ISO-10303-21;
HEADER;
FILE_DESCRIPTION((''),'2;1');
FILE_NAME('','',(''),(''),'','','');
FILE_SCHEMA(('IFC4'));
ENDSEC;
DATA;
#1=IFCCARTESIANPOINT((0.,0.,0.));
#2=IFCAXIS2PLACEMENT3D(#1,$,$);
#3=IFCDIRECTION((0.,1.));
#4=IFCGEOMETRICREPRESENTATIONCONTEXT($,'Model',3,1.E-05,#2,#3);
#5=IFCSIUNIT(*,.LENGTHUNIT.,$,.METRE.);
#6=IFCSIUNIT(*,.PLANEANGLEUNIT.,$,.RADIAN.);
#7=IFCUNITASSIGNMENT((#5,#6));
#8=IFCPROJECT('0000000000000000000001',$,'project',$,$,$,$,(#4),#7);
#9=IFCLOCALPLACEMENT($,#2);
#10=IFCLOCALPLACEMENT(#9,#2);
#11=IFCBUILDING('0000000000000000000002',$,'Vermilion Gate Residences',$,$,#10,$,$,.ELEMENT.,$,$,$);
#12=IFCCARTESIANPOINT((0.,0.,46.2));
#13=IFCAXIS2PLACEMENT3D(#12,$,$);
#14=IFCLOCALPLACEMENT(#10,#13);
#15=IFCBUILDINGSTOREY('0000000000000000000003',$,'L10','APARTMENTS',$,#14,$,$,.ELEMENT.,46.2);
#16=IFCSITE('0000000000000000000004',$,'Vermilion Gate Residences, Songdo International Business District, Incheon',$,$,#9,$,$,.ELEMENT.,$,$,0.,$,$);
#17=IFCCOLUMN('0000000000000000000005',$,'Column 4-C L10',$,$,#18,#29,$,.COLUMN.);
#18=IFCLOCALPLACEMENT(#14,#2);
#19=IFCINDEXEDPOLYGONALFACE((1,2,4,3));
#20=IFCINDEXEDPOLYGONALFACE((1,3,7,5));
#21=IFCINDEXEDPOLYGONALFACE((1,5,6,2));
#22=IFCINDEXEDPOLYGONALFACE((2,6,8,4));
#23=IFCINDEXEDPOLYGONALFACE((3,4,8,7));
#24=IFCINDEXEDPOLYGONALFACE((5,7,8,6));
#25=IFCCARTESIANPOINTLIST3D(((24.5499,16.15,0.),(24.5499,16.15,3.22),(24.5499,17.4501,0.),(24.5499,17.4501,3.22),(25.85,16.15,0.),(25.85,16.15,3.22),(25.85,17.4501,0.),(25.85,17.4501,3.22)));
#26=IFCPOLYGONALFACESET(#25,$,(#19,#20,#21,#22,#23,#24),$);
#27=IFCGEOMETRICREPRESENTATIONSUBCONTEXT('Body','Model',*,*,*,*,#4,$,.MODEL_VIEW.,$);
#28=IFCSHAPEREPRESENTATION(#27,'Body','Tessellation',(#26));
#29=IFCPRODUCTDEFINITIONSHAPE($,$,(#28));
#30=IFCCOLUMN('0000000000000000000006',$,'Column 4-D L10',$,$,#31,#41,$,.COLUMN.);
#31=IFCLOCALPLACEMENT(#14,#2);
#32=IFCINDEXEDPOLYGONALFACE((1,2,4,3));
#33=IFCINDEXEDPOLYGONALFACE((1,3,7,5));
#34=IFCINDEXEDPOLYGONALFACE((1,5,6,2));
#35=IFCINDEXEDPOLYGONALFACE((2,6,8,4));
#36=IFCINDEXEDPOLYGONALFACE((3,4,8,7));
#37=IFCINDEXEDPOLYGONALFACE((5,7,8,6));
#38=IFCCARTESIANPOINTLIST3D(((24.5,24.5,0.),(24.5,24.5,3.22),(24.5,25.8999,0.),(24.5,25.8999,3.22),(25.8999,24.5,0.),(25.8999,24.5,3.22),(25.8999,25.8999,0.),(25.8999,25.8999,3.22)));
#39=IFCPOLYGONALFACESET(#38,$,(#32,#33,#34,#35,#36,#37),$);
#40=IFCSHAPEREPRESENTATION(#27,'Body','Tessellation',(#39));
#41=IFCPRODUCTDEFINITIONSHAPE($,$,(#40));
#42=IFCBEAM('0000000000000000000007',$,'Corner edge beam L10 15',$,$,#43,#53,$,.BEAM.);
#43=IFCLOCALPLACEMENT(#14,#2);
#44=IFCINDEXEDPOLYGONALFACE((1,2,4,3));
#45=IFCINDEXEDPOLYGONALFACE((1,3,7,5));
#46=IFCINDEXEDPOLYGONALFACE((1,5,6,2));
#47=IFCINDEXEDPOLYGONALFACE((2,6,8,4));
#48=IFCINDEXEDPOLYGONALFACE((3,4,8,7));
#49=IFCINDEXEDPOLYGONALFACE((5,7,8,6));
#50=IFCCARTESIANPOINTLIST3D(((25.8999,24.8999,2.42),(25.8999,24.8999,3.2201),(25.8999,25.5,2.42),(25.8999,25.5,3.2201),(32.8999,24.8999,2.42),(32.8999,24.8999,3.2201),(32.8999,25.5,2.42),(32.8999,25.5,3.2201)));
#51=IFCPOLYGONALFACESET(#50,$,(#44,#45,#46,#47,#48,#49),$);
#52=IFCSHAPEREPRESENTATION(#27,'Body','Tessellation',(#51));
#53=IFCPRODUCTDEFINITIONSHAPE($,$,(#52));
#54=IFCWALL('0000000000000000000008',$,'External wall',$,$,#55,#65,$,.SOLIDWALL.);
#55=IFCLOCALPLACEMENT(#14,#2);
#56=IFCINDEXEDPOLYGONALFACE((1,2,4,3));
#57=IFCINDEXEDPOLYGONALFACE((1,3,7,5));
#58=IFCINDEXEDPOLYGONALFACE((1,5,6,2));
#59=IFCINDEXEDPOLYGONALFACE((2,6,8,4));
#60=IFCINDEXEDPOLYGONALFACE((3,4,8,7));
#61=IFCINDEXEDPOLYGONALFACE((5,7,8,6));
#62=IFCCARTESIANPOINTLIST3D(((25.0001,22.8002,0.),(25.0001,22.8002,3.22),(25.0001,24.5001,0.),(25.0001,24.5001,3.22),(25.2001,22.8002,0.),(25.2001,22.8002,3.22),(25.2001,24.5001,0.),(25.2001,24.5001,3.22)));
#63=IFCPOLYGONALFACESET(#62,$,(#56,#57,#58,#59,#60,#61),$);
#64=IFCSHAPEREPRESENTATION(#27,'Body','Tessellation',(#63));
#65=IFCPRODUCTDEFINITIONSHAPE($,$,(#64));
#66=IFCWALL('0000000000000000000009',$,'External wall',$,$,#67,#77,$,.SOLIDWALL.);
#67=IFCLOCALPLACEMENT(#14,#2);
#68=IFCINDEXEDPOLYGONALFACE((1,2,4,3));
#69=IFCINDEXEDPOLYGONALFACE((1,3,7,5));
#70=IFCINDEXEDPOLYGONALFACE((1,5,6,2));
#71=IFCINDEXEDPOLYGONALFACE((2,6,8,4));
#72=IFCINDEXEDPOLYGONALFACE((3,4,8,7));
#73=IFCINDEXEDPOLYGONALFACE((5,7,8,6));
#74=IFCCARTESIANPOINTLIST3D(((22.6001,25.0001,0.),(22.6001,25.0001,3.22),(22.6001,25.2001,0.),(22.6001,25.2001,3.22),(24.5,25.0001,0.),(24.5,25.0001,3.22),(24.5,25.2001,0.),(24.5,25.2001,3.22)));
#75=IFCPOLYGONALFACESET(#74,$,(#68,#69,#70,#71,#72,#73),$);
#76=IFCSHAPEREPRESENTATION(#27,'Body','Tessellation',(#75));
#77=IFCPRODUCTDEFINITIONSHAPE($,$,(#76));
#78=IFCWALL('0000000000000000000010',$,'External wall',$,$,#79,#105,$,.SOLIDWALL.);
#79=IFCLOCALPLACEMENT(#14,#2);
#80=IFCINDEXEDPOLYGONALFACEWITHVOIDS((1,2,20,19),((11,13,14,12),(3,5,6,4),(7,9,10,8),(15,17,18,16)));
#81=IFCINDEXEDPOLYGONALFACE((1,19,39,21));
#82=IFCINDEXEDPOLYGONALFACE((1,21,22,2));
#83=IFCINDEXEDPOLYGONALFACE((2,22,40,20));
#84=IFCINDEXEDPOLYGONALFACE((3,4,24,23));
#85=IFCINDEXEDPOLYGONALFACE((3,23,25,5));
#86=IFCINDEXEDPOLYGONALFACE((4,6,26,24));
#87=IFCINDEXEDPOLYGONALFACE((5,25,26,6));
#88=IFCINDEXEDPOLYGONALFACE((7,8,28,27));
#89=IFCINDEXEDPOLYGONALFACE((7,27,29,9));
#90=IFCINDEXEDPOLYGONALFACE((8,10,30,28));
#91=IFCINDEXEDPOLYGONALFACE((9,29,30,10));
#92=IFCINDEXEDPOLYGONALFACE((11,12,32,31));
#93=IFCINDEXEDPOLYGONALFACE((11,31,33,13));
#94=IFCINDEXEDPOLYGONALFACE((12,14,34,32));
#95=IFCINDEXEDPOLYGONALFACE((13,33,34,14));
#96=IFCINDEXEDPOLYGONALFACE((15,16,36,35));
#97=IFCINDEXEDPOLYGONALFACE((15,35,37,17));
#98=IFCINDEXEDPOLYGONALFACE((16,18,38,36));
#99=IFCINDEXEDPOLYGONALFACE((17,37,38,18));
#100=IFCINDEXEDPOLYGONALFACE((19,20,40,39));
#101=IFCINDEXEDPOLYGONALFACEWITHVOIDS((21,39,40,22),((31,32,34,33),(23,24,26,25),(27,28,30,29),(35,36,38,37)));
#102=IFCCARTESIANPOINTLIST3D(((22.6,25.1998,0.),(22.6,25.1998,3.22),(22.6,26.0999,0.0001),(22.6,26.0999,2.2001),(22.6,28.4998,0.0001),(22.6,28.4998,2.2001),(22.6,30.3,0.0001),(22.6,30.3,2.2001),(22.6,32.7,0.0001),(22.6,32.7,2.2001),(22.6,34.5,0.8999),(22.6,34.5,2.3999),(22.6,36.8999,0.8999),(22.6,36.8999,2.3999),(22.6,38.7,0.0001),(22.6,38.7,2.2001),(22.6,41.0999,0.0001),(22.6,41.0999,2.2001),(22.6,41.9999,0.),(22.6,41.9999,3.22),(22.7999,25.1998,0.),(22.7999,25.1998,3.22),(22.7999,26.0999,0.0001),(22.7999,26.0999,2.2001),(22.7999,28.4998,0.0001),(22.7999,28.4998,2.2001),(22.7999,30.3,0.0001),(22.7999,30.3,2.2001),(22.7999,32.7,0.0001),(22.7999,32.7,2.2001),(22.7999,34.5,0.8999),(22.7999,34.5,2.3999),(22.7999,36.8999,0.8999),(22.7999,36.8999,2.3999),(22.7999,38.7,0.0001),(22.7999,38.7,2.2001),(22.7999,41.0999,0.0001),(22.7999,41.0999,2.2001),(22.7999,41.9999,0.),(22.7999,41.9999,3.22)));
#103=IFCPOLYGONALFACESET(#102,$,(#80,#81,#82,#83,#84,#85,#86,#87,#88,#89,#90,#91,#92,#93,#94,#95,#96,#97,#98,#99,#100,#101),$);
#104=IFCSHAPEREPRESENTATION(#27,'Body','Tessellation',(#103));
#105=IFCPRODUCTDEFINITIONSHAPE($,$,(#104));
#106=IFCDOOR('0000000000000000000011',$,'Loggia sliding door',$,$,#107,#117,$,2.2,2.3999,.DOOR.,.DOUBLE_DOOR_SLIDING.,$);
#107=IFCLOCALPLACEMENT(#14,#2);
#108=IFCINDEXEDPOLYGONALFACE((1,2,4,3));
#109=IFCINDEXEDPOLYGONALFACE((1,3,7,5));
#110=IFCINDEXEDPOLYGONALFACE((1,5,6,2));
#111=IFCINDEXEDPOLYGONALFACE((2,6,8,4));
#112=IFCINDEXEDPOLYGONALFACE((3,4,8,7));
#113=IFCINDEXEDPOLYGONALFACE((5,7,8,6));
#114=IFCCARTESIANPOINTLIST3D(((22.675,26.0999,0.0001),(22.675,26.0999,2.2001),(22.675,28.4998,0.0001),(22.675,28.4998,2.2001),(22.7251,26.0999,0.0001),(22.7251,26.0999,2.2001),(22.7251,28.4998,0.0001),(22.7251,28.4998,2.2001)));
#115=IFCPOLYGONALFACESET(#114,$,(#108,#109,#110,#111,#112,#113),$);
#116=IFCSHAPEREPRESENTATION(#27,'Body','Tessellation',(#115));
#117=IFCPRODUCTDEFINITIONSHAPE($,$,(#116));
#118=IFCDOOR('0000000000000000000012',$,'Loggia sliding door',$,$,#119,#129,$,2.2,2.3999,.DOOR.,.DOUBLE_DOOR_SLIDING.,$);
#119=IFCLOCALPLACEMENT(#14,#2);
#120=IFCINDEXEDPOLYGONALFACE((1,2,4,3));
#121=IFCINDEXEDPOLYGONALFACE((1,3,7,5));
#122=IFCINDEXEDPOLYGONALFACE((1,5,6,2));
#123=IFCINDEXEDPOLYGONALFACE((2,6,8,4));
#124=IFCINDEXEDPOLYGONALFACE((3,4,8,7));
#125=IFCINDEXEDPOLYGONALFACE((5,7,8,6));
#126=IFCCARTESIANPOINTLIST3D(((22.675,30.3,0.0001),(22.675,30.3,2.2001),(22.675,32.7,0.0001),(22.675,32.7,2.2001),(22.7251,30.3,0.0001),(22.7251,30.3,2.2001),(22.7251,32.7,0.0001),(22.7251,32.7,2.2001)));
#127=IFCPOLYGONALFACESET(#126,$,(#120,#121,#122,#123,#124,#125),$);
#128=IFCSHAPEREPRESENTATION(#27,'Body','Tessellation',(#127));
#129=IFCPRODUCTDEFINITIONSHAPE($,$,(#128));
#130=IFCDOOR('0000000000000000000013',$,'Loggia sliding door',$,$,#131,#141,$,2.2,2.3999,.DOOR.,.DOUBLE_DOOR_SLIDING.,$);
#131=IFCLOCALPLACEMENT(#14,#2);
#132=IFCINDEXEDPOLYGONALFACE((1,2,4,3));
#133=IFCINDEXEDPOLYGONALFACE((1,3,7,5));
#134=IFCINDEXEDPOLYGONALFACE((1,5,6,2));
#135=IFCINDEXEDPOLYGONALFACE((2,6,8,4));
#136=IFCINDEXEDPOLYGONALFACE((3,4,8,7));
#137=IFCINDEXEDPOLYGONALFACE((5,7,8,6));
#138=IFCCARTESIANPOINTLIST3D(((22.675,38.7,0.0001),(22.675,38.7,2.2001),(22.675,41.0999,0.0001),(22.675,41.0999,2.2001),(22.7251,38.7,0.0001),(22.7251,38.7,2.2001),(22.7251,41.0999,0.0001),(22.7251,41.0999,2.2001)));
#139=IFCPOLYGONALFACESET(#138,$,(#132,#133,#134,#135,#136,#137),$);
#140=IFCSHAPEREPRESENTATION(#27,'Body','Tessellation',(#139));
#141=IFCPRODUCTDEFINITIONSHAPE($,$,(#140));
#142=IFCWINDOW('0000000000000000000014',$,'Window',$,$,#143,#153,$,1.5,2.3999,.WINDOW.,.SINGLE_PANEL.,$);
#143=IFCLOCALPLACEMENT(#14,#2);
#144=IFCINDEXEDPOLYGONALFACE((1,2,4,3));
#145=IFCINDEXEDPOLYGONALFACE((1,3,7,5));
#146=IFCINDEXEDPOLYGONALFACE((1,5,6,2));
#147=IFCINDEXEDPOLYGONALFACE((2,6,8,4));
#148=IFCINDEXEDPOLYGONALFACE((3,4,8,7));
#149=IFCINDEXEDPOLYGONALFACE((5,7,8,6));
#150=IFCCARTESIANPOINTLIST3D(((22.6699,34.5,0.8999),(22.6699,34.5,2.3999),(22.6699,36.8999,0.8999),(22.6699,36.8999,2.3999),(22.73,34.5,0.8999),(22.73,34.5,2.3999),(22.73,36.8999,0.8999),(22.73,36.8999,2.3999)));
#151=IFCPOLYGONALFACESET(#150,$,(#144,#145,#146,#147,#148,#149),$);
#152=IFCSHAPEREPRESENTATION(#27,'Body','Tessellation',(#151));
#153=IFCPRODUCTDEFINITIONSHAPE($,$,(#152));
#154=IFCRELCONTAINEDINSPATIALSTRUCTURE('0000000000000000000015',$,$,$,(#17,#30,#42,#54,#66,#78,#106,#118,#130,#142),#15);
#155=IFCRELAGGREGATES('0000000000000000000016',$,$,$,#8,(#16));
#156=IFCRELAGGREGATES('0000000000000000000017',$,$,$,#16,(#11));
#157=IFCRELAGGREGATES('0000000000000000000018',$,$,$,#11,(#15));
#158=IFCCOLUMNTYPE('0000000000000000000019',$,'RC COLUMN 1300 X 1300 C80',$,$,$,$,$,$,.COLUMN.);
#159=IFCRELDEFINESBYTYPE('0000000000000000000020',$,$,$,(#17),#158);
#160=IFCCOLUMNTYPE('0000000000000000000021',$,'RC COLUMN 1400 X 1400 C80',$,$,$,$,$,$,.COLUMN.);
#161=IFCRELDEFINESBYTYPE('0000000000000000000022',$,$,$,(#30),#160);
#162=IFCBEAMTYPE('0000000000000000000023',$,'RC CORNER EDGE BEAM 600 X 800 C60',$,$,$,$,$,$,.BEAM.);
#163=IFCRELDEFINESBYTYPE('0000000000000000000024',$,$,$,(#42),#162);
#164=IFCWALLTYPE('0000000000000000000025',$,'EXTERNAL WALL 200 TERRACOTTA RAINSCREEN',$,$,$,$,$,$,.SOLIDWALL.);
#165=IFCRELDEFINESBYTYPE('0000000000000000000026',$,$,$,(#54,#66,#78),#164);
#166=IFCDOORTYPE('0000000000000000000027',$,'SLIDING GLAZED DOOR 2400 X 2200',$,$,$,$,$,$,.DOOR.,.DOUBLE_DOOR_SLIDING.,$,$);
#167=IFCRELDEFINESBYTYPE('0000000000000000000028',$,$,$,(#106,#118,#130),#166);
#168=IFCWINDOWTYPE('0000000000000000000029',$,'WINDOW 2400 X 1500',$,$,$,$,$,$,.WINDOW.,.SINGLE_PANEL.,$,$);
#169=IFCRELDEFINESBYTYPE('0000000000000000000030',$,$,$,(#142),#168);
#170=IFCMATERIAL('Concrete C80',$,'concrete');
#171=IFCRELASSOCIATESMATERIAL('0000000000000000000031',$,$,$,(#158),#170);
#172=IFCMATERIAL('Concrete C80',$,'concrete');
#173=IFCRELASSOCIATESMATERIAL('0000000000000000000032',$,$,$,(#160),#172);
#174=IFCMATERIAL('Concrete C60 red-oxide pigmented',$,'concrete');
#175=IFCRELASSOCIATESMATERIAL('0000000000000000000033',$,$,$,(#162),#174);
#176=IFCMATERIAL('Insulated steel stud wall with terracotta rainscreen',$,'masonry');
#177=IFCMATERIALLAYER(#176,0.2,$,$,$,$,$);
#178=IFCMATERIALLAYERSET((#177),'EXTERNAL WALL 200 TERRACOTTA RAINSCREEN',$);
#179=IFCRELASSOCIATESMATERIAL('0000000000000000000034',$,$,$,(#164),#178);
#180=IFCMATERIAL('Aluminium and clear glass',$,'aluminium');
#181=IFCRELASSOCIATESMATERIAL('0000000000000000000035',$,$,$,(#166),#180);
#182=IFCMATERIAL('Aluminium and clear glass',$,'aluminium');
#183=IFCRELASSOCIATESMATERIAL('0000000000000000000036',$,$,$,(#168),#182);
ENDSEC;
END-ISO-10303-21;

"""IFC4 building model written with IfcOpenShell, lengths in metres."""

from ifc_helpers import new_model, si_unit, direction, frame, frame_2d, origin, origin_2d, place, context, subcontext, project, spatial, rectangle, extrude, material, layer, layer_set, material_profile, profile_set, type_object, element, fill, save


model = new_model("IFC4")

# Units and contexts
model_context = context("Model", 3, precision=1e-05, world=origin(), true_north=direction((0.0, 1.0)))
body_context = subcontext(model_context, "Body", "Model", "MODEL_VIEW")
ifc_project = project(units=[si_unit("LENGTHUNIT", "METRE"), si_unit("PLANEANGLEUNIT", "RADIAN")], contexts=[model_context])

# Site, building, storey
site_placement = place(None, origin())
site = spatial("IfcSite", under=ifc_project, at=site_placement, Name="Vermilion Gate Residences, Songdo International Business District, Incheon", CompositionType="ELEMENT", RefElevation=0.0)
building_placement = place(site_placement, origin())
building = spatial("IfcBuilding", under=site, at=building_placement, Name="Vermilion Gate Residences", CompositionType="ELEMENT")
storey_placement = place(building_placement, frame((0.0, 0.0, 46.2)))
storey = spatial("IfcBuildingStorey", under=building, at=storey_placement, Name="L10", Description="APARTMENTS", CompositionType="ELEMENT", Elevation=46.2)

# Columns
ifc_material_1 = material(Name="Concrete C80", Category="concrete")
ifc_material_profile_1 = material_profile(ifc_material_1, rectangle(XDim=1.3, YDim=1.3, at=origin_2d()), Name="RC-1300x1300")
ifc_profile_set_1 = profile_set([ifc_material_profile_1], Name="Concrete C80")
column_type_1 = type_object("IfcColumnType", Name="RC COLUMN 1300 X 1300 C80", PredefinedType="COLUMN", material=ifc_profile_set_1)
column_1_placement = place(storey_placement, frame((25.2, 16.8, 0.0), z_axis=(0.0, 0.0, 1.0), x_axis=(1.0, 0.0, 0.0)))
element("IfcColumn", 1, at=column_1_placement, inside=storey, type_object=column_type_1, Name="Column 4-C L10", PredefinedType="COLUMN", context=body_context, shape_type="SweptSolid", body=[
    extrude(rectangle(XDim=1.3, YDim=1.3, at=origin_2d()), origin(), (0.0, 0.0, 1.0), 3.22),
])
ifc_material_2 = material(Name="Concrete C80", Category="concrete")
ifc_material_profile_2 = material_profile(ifc_material_2, rectangle(XDim=1.3999, YDim=1.3999, at=origin_2d()), Name="RC-1400x1400")
ifc_profile_set_2 = profile_set([ifc_material_profile_2], Name="Concrete C80")
column_type_2 = type_object("IfcColumnType", Name="RC COLUMN 1400 X 1400 C80", PredefinedType="COLUMN", material=ifc_profile_set_2)
column_2_placement = place(storey_placement, frame((25.2, 25.2, 0.0), z_axis=(0.0, 0.0, 1.0), x_axis=(1.0, 0.0, 0.0)))
element("IfcColumn", 2, at=column_2_placement, inside=storey, type_object=column_type_2, Name="Column 4-D L10", PredefinedType="COLUMN", context=body_context, shape_type="SweptSolid", body=[
    extrude(rectangle(XDim=1.3999, YDim=1.3999, at=origin_2d()), origin(), (0.0, 0.0, 1.0), 3.22),
])

# Beam
ifc_material_3 = material(Name="Concrete C60 red-oxide pigmented", Category="concrete")
ifc_material_profile_3 = material_profile(ifc_material_3, rectangle(XDim=0.6001, YDim=0.8, at=origin_2d()), Name="RC-600x800")
ifc_profile_set_3 = profile_set([ifc_material_profile_3], Name="Concrete C60 red-oxide pigmented")
beam_type = type_object("IfcBeamType", Name="RC CORNER EDGE BEAM 600 X 800 C60", PredefinedType="BEAM", material=ifc_profile_set_3)
beam_placement = place(storey_placement, frame((25.8999, 25.2, 2.8201), z_axis=(1.0, 0.0, 0.0), x_axis=(0.0, 1.0, 0.0)))
element("IfcBeam", 3, at=beam_placement, inside=storey, type_object=beam_type, Name="Corner edge beam L10 15", PredefinedType="BEAM", context=body_context, shape_type="SweptSolid", body=[
    extrude(rectangle(XDim=0.6001, YDim=0.8, at=origin_2d()), origin(), (0.0, 0.0, 1.0), 7.0),
])

# Walls
ifc_material_4 = material(Name="Insulated steel stud wall with terracotta rainscreen", Category="masonry")
ifc_layer_1 = layer(ifc_material_4, 0.2)
ifc_layer_set_1 = layer_set([ifc_layer_1], Name="EXTERNAL WALL 200 TERRACOTTA RAINSCREEN")
wall_type_1 = type_object("IfcWallType", Name="EXTERNAL WALL 200 TERRACOTTA RAINSCREEN", PredefinedType="SOLIDWALL", material=ifc_layer_set_1)
wall_1_placement = place(storey_placement, frame((25.1001, 22.8, 0.0), z_axis=(0.0, 0.0, 1.0), x_axis=(0.0, 1.0, 0.0)))
element("IfcWall", 4, at=wall_1_placement, inside=storey, type_object=wall_type_1, Name="External wall", PredefinedType="SOLIDWALL", context=body_context, shape_type="SweptSolid", body=[
    extrude(rectangle(XDim=1.7, YDim=0.2, at=frame_2d((0.8501, 0.0))), origin(), (0.0, 0.0, 1.0), 3.22),
])
wall_2_placement = place(storey_placement, frame((24.5, 25.1001, 0.0), z_axis=(0.0, 0.0, 1.0), x_axis=(-1.0, 0.0, 0.0)))
element("IfcWall", 5, at=wall_2_placement, inside=storey, type_object=wall_type_1, Name="External wall", PredefinedType="SOLIDWALL", context=body_context, shape_type="SweptSolid", body=[
    extrude(rectangle(XDim=1.8999, YDim=0.2, at=frame_2d((0.95, 0.0))), origin(), (0.0, 0.0, 1.0), 3.22),
])

# Wall, openings, doors, window
wall_3_placement = place(storey_placement, frame((22.7, 25.2, 0.0), z_axis=(0.0, 0.0, 1.0), x_axis=(0.0, 1.0, 0.0)))
wall_3 = element("IfcWall", 6, at=wall_3_placement, inside=storey, type_object=wall_type_1, Name="External wall", PredefinedType="SOLIDWALL", context=body_context, shape_type="SweptSolid", body=[
    extrude(rectangle(XDim=16.8, YDim=0.2, at=frame_2d((8.3999, 0.0))), origin(), (0.0, 0.0, 1.0), 3.22),
])
opening_1_placement = place(wall_3_placement, frame((0.8999, 0.0, 0.0)))
opening_1 = element("IfcOpeningElement", 7, at=opening_1_placement, cuts=wall_3, PredefinedType="OPENING", context=body_context, shape_type="SweptSolid", body=[
    extrude(rectangle(XDim=2.3999, YDim=2.2, at=frame_2d((1.2, 1.1001))), frame((0.0, 0.1099, 0.0), z_axis=(0.0, -1.0, 0.0), x_axis=(1.0, 0.0, 0.0)), (0.0, 0.0, 1.0), 0.22),
])
opening_2_placement = place(wall_3_placement, frame((5.1001, 0.0, 0.0)))
opening_2 = element("IfcOpeningElement", 8, at=opening_2_placement, cuts=wall_3, PredefinedType="OPENING", context=body_context, shape_type="SweptSolid", body=[
    extrude(rectangle(XDim=2.3999, YDim=2.2, at=frame_2d((1.2, 1.1001))), frame((0.0, 0.1099, 0.0), z_axis=(0.0, -1.0, 0.0), x_axis=(1.0, 0.0, 0.0)), (0.0, 0.0, 1.0), 0.22),
])
opening_3_placement = place(wall_3_placement, frame((9.3, 0.0, 0.8999)))
opening_3 = element("IfcOpeningElement", 9, at=opening_3_placement, cuts=wall_3, PredefinedType="OPENING", context=body_context, shape_type="SweptSolid", body=[
    extrude(rectangle(XDim=2.3999, YDim=1.5, at=frame_2d((1.2, 0.75))), frame((0.0, 0.1099, 0.0), z_axis=(0.0, -1.0, 0.0), x_axis=(1.0, 0.0, 0.0)), (0.0, 0.0, 1.0), 0.22),
])
opening_4_placement = place(wall_3_placement, frame((13.5, 0.0, 0.0)))
opening_4 = element("IfcOpeningElement", 10, at=opening_4_placement, cuts=wall_3, PredefinedType="OPENING", context=body_context, shape_type="SweptSolid", body=[
    extrude(rectangle(XDim=2.3999, YDim=2.2, at=frame_2d((1.2, 1.1001))), frame((0.0, 0.1099, 0.0), z_axis=(0.0, -1.0, 0.0), x_axis=(1.0, 0.0, 0.0)), (0.0, 0.0, 1.0), 0.22),
])
ifc_material_5 = material(Name="Aluminium and clear glass", Category="aluminium")
door_type_1 = type_object("IfcDoorType", Name="SLIDING GLAZED DOOR 2400 X 2200", OperationType="DOUBLE_DOOR_SLIDING", PredefinedType="DOOR", material=ifc_material_5)
door_1_placement = place(opening_1_placement, origin())
door_1 = element("IfcDoor", 11, at=door_1_placement, inside=storey, type_object=door_type_1, Name="Loggia sliding door", OperationType="DOUBLE_DOOR_SLIDING", OverallHeight=2.2, OverallWidth=2.3999, PredefinedType="DOOR", context=body_context, shape_type="SweptSolid", body=[
    extrude(rectangle(XDim=2.3999, YDim=2.2, at=frame_2d((1.2, 1.1001))), frame((0.0, 0.0249, 0.0), z_axis=(0.0, -1.0, 0.0), x_axis=(1.0, 0.0, 0.0)), (0.0, 0.0, 1.0), 0.05),
])
fill(opening_1, door_1)
door_2_placement = place(opening_2_placement, origin())
door_2 = element("IfcDoor", 12, at=door_2_placement, inside=storey, type_object=door_type_1, Name="Loggia sliding door", OperationType="DOUBLE_DOOR_SLIDING", OverallHeight=2.2, OverallWidth=2.3999, PredefinedType="DOOR", context=body_context, shape_type="SweptSolid", body=[
    extrude(rectangle(XDim=2.3999, YDim=2.2, at=frame_2d((1.2, 1.1001))), frame((0.0, 0.0249, 0.0), z_axis=(0.0, -1.0, 0.0), x_axis=(1.0, 0.0, 0.0)), (0.0, 0.0, 1.0), 0.05),
])
fill(opening_2, door_2)
door_3_placement = place(opening_4_placement, origin())
door_3 = element("IfcDoor", 13, at=door_3_placement, inside=storey, type_object=door_type_1, Name="Loggia sliding door", OperationType="DOUBLE_DOOR_SLIDING", OverallHeight=2.2, OverallWidth=2.3999, PredefinedType="DOOR", context=body_context, shape_type="SweptSolid", body=[
    extrude(rectangle(XDim=2.3999, YDim=2.2, at=frame_2d((1.2, 1.1001))), frame((0.0, 0.0249, 0.0), z_axis=(0.0, -1.0, 0.0), x_axis=(1.0, 0.0, 0.0)), (0.0, 0.0, 1.0), 0.05),
])
fill(opening_4, door_3)
ifc_material_6 = material(Name="Aluminium and clear glass", Category="aluminium")
window_type = type_object("IfcWindowType", Name="WINDOW 2400 X 1500", PartitioningType="SINGLE_PANEL", PredefinedType="WINDOW", material=ifc_material_6)
window_placement = place(opening_3_placement, origin())
window = element("IfcWindow", 14, at=window_placement, inside=storey, type_object=window_type, Name="Window", OverallHeight=1.5, OverallWidth=2.3999, PartitioningType="SINGLE_PANEL", PredefinedType="WINDOW", context=body_context, shape_type="SweptSolid", body=[
    extrude(rectangle(XDim=2.3999, YDim=1.5, at=frame_2d((1.2, 0.75))), frame((0.0, 0.03, 0.0), z_axis=(0.0, -1.0, 0.0), x_axis=(1.0, 0.0, 0.0)), (0.0, 0.0, 1.0), 0.0601),
])
fill(opening_3, window)

save(model, "model.ifc")
